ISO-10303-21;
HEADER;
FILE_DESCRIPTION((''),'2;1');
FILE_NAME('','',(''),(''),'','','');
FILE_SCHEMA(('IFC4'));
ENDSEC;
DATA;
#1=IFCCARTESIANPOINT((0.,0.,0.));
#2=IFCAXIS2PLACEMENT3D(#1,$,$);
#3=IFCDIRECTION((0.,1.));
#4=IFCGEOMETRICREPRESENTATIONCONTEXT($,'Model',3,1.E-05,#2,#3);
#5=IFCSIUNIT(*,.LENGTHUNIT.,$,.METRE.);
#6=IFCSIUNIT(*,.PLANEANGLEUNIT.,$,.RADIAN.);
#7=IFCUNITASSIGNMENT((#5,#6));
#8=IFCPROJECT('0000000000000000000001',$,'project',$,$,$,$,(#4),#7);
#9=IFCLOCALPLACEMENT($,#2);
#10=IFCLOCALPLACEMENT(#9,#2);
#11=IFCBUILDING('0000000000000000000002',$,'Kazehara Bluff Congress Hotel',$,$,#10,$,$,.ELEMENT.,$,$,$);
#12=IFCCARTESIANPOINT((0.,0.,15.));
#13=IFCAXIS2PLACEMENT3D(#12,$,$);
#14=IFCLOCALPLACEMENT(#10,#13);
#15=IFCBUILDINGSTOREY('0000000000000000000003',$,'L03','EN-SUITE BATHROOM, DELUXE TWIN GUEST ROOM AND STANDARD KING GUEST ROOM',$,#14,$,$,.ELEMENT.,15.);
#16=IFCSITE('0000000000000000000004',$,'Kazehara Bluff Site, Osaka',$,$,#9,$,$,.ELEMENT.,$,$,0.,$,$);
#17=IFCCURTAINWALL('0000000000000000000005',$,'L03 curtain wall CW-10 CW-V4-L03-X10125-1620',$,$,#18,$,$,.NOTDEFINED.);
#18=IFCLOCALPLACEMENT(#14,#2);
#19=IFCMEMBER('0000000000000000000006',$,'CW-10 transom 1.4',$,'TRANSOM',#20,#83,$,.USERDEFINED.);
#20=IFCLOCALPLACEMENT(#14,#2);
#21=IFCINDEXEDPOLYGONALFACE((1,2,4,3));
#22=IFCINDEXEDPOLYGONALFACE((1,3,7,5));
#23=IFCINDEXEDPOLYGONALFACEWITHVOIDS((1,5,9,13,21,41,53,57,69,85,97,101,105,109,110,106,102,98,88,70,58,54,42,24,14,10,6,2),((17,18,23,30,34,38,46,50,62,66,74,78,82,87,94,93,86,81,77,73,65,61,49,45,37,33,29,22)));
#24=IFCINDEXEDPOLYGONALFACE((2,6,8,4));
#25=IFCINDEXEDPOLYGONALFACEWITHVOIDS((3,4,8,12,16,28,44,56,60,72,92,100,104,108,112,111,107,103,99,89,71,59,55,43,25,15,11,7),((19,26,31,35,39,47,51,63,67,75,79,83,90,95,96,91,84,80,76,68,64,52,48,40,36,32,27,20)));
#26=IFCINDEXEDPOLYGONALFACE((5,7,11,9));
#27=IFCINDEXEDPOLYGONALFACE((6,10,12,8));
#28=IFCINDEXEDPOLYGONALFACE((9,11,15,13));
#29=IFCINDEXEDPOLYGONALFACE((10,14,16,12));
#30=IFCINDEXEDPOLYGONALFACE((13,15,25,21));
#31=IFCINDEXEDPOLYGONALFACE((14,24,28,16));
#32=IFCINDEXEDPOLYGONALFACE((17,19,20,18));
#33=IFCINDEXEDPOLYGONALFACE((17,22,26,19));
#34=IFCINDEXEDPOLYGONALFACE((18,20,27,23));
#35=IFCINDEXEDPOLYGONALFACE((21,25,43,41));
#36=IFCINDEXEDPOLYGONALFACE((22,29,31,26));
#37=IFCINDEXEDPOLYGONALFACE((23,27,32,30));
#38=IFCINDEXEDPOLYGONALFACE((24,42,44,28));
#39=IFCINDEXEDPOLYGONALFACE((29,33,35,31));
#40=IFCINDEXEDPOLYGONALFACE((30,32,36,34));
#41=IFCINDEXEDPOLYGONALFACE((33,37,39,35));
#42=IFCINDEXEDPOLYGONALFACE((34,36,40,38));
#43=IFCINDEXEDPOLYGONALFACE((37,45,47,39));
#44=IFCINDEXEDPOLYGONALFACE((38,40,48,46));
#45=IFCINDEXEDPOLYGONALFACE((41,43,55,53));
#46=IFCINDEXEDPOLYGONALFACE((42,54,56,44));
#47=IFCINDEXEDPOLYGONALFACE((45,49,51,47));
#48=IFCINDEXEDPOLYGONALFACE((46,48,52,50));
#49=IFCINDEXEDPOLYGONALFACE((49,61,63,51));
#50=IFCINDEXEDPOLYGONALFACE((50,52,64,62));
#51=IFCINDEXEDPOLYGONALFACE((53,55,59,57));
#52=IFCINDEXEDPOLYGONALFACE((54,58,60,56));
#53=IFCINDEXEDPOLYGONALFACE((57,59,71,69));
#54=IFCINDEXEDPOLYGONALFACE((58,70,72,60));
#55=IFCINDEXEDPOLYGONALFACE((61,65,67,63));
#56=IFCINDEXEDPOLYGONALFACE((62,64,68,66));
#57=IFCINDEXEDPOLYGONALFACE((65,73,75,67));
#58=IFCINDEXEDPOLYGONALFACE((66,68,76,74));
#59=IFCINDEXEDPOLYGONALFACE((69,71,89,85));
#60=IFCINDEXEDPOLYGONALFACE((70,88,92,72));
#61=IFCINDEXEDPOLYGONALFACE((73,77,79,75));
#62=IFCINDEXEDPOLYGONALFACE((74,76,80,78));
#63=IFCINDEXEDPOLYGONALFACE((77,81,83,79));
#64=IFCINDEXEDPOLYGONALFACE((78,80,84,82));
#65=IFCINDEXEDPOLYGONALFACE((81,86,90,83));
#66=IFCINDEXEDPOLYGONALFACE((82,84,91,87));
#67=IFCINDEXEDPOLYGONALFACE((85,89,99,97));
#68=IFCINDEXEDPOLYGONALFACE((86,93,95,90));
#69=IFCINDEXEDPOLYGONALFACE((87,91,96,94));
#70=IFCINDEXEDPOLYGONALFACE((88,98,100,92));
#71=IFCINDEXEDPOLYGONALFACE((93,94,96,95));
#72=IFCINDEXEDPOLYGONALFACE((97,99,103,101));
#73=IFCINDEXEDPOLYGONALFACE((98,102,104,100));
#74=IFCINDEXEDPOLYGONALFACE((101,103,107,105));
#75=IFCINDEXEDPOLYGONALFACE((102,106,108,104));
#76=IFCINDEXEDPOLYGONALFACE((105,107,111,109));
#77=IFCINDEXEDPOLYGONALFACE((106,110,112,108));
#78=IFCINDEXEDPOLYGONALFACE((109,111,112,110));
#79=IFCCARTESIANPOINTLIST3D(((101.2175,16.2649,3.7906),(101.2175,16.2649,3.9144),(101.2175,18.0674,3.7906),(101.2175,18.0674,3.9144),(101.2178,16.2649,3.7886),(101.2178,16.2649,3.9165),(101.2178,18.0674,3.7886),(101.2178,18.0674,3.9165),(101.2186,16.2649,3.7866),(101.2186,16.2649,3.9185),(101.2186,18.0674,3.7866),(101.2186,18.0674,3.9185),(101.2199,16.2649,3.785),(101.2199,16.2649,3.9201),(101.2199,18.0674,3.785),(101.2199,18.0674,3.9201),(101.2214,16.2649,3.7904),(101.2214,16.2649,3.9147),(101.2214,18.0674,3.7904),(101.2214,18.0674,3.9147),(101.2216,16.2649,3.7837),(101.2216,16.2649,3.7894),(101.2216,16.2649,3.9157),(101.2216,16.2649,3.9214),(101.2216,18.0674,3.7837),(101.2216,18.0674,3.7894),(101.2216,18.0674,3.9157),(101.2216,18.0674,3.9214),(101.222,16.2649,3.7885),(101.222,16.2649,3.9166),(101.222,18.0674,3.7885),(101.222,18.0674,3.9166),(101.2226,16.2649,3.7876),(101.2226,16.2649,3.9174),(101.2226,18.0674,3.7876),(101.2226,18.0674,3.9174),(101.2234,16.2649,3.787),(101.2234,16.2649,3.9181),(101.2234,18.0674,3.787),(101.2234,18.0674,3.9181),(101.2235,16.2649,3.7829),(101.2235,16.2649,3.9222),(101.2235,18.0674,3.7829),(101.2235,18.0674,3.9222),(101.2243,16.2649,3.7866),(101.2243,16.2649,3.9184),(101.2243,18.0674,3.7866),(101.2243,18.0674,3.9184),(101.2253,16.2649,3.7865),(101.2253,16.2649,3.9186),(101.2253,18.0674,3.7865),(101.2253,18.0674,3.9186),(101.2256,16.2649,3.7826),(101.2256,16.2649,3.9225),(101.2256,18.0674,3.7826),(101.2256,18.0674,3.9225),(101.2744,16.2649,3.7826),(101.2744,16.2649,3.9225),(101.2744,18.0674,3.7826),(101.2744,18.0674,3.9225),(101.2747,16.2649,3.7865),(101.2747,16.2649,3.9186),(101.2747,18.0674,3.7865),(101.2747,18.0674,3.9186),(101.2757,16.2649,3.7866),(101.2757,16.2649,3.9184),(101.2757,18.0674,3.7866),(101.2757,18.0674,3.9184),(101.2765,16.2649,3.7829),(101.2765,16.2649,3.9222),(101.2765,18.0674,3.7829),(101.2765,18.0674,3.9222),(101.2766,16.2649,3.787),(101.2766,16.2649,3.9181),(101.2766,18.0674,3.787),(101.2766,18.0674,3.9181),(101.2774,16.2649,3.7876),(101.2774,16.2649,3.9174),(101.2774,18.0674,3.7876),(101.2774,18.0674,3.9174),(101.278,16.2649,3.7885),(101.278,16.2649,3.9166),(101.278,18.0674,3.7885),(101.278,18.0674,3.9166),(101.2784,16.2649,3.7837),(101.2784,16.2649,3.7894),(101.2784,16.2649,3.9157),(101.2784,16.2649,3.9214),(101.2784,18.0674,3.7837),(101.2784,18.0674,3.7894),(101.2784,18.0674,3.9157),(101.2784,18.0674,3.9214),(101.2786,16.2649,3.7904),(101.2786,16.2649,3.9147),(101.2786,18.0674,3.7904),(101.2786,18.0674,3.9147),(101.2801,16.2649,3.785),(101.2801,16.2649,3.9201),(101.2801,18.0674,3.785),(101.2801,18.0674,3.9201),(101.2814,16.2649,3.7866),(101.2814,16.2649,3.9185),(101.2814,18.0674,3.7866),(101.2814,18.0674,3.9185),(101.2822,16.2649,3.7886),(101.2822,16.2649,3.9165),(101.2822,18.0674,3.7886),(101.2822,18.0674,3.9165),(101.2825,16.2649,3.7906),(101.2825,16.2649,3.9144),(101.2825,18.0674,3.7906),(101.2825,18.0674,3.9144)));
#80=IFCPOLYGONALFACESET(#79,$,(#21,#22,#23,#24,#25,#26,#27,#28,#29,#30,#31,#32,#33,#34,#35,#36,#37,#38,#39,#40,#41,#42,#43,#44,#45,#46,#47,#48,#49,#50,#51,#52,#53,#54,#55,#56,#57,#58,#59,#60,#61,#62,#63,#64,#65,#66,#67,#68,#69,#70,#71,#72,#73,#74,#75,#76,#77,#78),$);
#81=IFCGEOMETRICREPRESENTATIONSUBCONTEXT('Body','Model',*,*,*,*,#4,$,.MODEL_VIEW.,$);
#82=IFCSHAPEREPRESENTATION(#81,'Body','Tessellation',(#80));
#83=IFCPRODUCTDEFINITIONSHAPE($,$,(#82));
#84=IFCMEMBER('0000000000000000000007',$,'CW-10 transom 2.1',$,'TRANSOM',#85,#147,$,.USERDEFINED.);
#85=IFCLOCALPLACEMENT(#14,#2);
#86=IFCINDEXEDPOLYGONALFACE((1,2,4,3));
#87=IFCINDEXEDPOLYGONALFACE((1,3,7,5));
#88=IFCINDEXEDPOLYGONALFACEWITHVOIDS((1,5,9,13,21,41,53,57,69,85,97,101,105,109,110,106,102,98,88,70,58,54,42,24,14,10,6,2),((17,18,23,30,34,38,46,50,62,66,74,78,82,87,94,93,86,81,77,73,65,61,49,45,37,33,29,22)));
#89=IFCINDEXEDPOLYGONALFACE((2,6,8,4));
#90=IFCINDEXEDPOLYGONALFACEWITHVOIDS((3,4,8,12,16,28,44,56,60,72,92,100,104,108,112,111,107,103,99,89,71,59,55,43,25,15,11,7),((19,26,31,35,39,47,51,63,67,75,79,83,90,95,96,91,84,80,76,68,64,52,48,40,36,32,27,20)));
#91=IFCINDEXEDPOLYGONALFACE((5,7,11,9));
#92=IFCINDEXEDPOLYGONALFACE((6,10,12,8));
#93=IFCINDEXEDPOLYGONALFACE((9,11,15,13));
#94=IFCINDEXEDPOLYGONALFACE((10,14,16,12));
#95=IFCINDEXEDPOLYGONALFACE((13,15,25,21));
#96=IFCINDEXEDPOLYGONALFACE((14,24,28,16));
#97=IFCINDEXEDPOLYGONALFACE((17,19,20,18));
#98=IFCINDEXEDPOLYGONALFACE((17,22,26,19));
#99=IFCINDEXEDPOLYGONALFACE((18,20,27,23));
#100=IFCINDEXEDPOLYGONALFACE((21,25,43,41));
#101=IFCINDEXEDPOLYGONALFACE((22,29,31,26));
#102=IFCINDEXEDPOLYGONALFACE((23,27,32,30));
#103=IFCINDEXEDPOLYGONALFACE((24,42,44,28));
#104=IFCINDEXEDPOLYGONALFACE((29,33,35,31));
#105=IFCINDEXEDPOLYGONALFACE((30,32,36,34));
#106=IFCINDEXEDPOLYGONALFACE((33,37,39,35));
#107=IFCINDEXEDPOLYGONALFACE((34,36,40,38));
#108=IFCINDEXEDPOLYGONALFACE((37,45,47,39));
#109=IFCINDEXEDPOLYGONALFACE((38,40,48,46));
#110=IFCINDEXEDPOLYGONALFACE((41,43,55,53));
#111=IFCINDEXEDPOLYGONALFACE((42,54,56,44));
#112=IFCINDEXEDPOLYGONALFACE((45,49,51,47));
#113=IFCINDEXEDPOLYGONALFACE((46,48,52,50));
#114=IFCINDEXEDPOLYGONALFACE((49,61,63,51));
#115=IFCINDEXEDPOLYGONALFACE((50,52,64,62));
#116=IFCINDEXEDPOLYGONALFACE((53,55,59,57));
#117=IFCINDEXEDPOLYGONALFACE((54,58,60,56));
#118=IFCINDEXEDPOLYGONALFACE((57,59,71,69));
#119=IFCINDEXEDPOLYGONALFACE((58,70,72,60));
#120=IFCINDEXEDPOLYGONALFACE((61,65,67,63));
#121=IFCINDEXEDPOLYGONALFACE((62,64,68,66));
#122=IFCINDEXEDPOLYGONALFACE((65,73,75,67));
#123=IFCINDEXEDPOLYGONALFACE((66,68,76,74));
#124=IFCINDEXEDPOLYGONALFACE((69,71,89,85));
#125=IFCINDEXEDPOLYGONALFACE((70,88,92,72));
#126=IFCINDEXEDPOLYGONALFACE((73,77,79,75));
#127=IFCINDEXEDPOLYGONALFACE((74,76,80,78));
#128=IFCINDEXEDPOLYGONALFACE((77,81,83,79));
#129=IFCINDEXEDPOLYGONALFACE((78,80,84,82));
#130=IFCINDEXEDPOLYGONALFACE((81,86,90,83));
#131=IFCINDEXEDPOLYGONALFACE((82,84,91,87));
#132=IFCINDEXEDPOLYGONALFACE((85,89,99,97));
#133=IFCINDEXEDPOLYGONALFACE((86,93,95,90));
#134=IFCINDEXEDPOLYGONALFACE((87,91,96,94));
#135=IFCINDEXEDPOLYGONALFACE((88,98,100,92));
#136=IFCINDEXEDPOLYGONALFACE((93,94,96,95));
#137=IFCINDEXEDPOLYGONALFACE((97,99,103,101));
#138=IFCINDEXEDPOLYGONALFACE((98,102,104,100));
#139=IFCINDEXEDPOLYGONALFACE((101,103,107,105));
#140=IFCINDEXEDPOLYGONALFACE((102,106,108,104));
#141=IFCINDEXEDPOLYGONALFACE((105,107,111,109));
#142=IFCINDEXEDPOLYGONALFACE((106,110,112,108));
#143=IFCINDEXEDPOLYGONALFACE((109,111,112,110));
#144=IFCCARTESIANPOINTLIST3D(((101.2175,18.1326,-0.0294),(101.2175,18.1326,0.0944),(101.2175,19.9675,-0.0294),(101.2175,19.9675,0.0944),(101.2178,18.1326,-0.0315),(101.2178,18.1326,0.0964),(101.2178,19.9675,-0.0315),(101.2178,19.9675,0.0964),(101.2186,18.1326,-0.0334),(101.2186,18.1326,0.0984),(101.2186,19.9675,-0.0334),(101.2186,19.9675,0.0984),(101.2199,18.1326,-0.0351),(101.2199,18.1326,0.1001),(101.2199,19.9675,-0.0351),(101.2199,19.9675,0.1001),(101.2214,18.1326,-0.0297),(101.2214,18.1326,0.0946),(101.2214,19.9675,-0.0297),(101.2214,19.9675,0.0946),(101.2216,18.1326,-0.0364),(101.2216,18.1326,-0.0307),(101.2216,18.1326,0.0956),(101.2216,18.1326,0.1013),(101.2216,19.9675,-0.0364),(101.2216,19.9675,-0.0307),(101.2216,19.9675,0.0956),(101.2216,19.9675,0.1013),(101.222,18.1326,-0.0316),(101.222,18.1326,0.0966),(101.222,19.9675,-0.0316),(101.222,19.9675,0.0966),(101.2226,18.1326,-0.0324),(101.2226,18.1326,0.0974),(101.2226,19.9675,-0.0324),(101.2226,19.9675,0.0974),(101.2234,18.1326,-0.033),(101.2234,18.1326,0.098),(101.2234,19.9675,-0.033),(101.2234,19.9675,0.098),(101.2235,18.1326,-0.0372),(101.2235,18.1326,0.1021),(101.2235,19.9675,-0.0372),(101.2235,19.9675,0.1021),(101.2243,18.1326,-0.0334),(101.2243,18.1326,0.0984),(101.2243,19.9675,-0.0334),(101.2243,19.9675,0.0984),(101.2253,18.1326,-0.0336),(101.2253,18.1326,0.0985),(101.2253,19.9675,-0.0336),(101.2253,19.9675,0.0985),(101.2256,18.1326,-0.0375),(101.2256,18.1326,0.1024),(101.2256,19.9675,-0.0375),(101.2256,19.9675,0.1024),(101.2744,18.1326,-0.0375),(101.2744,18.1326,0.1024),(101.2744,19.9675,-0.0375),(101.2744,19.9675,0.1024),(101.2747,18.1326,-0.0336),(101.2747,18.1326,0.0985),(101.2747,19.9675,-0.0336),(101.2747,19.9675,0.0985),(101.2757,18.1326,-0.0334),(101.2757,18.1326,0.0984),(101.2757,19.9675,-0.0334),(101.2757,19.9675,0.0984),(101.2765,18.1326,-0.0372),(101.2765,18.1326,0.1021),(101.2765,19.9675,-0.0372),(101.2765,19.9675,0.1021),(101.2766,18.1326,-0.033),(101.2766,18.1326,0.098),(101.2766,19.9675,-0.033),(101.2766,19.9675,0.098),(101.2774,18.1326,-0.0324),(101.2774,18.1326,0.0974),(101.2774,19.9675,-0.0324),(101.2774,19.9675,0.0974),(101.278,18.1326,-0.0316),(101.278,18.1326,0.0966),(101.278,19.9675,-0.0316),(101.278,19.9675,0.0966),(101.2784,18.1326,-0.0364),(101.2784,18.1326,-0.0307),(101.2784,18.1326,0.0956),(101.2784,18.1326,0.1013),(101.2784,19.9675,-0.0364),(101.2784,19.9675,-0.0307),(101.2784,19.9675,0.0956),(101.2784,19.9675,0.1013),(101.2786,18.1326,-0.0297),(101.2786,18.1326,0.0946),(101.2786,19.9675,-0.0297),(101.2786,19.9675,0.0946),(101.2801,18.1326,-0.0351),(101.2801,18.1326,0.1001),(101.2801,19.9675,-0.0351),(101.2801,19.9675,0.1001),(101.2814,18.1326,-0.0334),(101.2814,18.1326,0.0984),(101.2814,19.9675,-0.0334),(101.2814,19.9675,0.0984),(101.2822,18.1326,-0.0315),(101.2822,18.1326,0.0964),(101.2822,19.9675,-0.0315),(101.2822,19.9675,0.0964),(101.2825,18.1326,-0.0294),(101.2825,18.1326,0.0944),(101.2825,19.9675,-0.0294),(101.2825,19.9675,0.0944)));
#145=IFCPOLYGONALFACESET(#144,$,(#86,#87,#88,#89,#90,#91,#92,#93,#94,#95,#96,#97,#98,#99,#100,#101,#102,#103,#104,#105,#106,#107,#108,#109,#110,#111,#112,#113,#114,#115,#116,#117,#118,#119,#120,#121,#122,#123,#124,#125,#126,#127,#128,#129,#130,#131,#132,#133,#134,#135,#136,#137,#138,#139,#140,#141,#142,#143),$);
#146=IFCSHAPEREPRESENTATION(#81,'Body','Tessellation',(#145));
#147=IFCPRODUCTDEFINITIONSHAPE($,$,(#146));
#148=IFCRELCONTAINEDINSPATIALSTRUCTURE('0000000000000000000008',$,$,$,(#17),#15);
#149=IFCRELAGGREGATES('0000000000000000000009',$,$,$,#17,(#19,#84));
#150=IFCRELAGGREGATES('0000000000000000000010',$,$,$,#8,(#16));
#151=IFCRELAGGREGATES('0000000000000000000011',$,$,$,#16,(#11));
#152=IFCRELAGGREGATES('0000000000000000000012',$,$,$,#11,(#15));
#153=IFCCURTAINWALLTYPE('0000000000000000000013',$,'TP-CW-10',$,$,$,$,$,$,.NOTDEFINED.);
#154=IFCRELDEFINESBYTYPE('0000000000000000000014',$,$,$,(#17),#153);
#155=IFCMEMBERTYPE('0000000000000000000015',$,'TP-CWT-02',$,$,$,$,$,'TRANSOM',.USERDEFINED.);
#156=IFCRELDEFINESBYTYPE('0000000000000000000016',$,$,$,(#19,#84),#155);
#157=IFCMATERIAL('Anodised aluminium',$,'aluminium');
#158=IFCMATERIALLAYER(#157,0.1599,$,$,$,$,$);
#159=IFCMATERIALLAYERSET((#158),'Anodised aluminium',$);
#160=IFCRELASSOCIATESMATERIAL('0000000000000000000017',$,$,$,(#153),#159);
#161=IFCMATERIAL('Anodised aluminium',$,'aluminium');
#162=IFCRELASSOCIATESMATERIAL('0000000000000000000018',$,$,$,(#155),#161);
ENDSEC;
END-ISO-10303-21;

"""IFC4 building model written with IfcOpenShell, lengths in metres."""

from ifc_helpers import new_model, si_unit, direction, frame, origin, origin_2d, place, context, subcontext, project, spatial, hollow_rectangle, extrude, material, layer, layer_set, material_profile, profile_set, type_object, element, aggregate, save


model = new_model("IFC4")

# Units and contexts
model_context = context("Model", 3, precision=1e-05, world=origin(), true_north=direction((0.0, 1.0)))
body_context = subcontext(model_context, "Body", "Model", "MODEL_VIEW")
ifc_project = project(units=[si_unit("LENGTHUNIT", "METRE"), si_unit("PLANEANGLEUNIT", "RADIAN")], contexts=[model_context])

# Site, building, storey
site_placement = place(None, origin())
site = spatial("IfcSite", under=ifc_project, at=site_placement, Name="Kazehara Bluff Site, Osaka", CompositionType="ELEMENT", RefElevation=0.0)
building_placement = place(site_placement, origin())
building = spatial("IfcBuilding", under=site, at=building_placement, Name="Kazehara Bluff Congress Hotel", CompositionType="ELEMENT")
storey_placement = place(building_placement, frame((0.0, 0.0, 15.0)))
storey = spatial("IfcBuildingStorey", under=building, at=storey_placement, Name="L03", Description="EN-SUITE BATHROOM, DELUXE TWIN GUEST ROOM AND STANDARD KING GUEST ROOM", CompositionType="ELEMENT", Elevation=15.0)

# Curtain wall
ifc_material_1 = material(Name="Anodised aluminium", Category="aluminium")
ifc_layer_1 = layer(ifc_material_1, 0.1599)
ifc_layer_set_1 = layer_set([ifc_layer_1], Name="Anodised aluminium")
curtain_wall_type_1 = type_object("IfcCurtainWallType", Name="TP-CW-10", PredefinedType="NOTDEFINED", material=ifc_layer_set_1)
curtain_wall_1_placement = place(storey_placement, origin())
curtain_wall_1 = element("IfcCurtainWall", 1, at=curtain_wall_1_placement, inside=storey, type_object=curtain_wall_type_1, Name="L03 curtain wall CW-10 CW-V4-L03-X10125-1620", PredefinedType="NOTDEFINED")

# Members
ifc_material_2 = material(Name="Anodised aluminium", Category="aluminium")
ifc_material_profile_1 = material_profile(ifc_material_2, hollow_rectangle(XDim=0.0649, YDim=0.1399, WallThickness=0.0039, InnerFilletRadius=0.0039, OuterFilletRadius=0.0081, at=origin_2d()))
ifc_profile_set_1 = profile_set([ifc_material_profile_1], Name="Anodised aluminium")
member_type_1 = type_object("IfcMemberType", Name="TP-CWT-02", ElementType="TRANSOM", PredefinedType="USERDEFINED", material=ifc_profile_set_1)
member_1_placement = place(storey_placement, frame((101.25, 16.2649, 3.8525), z_axis=(0.0, 1.0, 0.0), x_axis=(-1.0, 0.0, 0.0)))
member_1 = element("IfcMember", 2, at=member_1_placement, type_object=member_type_1, Name="CW-10 transom 1.4", ObjectType="TRANSOM", PredefinedType="USERDEFINED", context=body_context, shape_type="SweptSolid", body=[
    extrude(hollow_rectangle(XDim=0.0649, YDim=0.1399, WallThickness=0.0039, InnerFilletRadius=0.0039, OuterFilletRadius=0.0081, at=origin_2d()), origin(), (0.0, 0.0, 1.0), 1.8025),
])
member_2_placement = place(storey_placement, frame((101.25, 18.1326, 0.0325), z_axis=(0.0, 1.0, 0.0), x_axis=(-1.0, 0.0, 0.0)))
member_2 = element("IfcMember", 3, at=member_2_placement, type_object=member_type_1, Name="CW-10 transom 2.1", ObjectType="TRANSOM", PredefinedType="USERDEFINED", context=body_context, shape_type="SweptSolid", body=[
    extrude(hollow_rectangle(XDim=0.0649, YDim=0.1399, WallThickness=0.0039, InnerFilletRadius=0.0039, OuterFilletRadius=0.0081, at=origin_2d()), origin(), (0.0, 0.0, 1.0), 1.835),
])

aggregate(curtain_wall_1, [member_1, member_2])

save(model, "model.ifc")
